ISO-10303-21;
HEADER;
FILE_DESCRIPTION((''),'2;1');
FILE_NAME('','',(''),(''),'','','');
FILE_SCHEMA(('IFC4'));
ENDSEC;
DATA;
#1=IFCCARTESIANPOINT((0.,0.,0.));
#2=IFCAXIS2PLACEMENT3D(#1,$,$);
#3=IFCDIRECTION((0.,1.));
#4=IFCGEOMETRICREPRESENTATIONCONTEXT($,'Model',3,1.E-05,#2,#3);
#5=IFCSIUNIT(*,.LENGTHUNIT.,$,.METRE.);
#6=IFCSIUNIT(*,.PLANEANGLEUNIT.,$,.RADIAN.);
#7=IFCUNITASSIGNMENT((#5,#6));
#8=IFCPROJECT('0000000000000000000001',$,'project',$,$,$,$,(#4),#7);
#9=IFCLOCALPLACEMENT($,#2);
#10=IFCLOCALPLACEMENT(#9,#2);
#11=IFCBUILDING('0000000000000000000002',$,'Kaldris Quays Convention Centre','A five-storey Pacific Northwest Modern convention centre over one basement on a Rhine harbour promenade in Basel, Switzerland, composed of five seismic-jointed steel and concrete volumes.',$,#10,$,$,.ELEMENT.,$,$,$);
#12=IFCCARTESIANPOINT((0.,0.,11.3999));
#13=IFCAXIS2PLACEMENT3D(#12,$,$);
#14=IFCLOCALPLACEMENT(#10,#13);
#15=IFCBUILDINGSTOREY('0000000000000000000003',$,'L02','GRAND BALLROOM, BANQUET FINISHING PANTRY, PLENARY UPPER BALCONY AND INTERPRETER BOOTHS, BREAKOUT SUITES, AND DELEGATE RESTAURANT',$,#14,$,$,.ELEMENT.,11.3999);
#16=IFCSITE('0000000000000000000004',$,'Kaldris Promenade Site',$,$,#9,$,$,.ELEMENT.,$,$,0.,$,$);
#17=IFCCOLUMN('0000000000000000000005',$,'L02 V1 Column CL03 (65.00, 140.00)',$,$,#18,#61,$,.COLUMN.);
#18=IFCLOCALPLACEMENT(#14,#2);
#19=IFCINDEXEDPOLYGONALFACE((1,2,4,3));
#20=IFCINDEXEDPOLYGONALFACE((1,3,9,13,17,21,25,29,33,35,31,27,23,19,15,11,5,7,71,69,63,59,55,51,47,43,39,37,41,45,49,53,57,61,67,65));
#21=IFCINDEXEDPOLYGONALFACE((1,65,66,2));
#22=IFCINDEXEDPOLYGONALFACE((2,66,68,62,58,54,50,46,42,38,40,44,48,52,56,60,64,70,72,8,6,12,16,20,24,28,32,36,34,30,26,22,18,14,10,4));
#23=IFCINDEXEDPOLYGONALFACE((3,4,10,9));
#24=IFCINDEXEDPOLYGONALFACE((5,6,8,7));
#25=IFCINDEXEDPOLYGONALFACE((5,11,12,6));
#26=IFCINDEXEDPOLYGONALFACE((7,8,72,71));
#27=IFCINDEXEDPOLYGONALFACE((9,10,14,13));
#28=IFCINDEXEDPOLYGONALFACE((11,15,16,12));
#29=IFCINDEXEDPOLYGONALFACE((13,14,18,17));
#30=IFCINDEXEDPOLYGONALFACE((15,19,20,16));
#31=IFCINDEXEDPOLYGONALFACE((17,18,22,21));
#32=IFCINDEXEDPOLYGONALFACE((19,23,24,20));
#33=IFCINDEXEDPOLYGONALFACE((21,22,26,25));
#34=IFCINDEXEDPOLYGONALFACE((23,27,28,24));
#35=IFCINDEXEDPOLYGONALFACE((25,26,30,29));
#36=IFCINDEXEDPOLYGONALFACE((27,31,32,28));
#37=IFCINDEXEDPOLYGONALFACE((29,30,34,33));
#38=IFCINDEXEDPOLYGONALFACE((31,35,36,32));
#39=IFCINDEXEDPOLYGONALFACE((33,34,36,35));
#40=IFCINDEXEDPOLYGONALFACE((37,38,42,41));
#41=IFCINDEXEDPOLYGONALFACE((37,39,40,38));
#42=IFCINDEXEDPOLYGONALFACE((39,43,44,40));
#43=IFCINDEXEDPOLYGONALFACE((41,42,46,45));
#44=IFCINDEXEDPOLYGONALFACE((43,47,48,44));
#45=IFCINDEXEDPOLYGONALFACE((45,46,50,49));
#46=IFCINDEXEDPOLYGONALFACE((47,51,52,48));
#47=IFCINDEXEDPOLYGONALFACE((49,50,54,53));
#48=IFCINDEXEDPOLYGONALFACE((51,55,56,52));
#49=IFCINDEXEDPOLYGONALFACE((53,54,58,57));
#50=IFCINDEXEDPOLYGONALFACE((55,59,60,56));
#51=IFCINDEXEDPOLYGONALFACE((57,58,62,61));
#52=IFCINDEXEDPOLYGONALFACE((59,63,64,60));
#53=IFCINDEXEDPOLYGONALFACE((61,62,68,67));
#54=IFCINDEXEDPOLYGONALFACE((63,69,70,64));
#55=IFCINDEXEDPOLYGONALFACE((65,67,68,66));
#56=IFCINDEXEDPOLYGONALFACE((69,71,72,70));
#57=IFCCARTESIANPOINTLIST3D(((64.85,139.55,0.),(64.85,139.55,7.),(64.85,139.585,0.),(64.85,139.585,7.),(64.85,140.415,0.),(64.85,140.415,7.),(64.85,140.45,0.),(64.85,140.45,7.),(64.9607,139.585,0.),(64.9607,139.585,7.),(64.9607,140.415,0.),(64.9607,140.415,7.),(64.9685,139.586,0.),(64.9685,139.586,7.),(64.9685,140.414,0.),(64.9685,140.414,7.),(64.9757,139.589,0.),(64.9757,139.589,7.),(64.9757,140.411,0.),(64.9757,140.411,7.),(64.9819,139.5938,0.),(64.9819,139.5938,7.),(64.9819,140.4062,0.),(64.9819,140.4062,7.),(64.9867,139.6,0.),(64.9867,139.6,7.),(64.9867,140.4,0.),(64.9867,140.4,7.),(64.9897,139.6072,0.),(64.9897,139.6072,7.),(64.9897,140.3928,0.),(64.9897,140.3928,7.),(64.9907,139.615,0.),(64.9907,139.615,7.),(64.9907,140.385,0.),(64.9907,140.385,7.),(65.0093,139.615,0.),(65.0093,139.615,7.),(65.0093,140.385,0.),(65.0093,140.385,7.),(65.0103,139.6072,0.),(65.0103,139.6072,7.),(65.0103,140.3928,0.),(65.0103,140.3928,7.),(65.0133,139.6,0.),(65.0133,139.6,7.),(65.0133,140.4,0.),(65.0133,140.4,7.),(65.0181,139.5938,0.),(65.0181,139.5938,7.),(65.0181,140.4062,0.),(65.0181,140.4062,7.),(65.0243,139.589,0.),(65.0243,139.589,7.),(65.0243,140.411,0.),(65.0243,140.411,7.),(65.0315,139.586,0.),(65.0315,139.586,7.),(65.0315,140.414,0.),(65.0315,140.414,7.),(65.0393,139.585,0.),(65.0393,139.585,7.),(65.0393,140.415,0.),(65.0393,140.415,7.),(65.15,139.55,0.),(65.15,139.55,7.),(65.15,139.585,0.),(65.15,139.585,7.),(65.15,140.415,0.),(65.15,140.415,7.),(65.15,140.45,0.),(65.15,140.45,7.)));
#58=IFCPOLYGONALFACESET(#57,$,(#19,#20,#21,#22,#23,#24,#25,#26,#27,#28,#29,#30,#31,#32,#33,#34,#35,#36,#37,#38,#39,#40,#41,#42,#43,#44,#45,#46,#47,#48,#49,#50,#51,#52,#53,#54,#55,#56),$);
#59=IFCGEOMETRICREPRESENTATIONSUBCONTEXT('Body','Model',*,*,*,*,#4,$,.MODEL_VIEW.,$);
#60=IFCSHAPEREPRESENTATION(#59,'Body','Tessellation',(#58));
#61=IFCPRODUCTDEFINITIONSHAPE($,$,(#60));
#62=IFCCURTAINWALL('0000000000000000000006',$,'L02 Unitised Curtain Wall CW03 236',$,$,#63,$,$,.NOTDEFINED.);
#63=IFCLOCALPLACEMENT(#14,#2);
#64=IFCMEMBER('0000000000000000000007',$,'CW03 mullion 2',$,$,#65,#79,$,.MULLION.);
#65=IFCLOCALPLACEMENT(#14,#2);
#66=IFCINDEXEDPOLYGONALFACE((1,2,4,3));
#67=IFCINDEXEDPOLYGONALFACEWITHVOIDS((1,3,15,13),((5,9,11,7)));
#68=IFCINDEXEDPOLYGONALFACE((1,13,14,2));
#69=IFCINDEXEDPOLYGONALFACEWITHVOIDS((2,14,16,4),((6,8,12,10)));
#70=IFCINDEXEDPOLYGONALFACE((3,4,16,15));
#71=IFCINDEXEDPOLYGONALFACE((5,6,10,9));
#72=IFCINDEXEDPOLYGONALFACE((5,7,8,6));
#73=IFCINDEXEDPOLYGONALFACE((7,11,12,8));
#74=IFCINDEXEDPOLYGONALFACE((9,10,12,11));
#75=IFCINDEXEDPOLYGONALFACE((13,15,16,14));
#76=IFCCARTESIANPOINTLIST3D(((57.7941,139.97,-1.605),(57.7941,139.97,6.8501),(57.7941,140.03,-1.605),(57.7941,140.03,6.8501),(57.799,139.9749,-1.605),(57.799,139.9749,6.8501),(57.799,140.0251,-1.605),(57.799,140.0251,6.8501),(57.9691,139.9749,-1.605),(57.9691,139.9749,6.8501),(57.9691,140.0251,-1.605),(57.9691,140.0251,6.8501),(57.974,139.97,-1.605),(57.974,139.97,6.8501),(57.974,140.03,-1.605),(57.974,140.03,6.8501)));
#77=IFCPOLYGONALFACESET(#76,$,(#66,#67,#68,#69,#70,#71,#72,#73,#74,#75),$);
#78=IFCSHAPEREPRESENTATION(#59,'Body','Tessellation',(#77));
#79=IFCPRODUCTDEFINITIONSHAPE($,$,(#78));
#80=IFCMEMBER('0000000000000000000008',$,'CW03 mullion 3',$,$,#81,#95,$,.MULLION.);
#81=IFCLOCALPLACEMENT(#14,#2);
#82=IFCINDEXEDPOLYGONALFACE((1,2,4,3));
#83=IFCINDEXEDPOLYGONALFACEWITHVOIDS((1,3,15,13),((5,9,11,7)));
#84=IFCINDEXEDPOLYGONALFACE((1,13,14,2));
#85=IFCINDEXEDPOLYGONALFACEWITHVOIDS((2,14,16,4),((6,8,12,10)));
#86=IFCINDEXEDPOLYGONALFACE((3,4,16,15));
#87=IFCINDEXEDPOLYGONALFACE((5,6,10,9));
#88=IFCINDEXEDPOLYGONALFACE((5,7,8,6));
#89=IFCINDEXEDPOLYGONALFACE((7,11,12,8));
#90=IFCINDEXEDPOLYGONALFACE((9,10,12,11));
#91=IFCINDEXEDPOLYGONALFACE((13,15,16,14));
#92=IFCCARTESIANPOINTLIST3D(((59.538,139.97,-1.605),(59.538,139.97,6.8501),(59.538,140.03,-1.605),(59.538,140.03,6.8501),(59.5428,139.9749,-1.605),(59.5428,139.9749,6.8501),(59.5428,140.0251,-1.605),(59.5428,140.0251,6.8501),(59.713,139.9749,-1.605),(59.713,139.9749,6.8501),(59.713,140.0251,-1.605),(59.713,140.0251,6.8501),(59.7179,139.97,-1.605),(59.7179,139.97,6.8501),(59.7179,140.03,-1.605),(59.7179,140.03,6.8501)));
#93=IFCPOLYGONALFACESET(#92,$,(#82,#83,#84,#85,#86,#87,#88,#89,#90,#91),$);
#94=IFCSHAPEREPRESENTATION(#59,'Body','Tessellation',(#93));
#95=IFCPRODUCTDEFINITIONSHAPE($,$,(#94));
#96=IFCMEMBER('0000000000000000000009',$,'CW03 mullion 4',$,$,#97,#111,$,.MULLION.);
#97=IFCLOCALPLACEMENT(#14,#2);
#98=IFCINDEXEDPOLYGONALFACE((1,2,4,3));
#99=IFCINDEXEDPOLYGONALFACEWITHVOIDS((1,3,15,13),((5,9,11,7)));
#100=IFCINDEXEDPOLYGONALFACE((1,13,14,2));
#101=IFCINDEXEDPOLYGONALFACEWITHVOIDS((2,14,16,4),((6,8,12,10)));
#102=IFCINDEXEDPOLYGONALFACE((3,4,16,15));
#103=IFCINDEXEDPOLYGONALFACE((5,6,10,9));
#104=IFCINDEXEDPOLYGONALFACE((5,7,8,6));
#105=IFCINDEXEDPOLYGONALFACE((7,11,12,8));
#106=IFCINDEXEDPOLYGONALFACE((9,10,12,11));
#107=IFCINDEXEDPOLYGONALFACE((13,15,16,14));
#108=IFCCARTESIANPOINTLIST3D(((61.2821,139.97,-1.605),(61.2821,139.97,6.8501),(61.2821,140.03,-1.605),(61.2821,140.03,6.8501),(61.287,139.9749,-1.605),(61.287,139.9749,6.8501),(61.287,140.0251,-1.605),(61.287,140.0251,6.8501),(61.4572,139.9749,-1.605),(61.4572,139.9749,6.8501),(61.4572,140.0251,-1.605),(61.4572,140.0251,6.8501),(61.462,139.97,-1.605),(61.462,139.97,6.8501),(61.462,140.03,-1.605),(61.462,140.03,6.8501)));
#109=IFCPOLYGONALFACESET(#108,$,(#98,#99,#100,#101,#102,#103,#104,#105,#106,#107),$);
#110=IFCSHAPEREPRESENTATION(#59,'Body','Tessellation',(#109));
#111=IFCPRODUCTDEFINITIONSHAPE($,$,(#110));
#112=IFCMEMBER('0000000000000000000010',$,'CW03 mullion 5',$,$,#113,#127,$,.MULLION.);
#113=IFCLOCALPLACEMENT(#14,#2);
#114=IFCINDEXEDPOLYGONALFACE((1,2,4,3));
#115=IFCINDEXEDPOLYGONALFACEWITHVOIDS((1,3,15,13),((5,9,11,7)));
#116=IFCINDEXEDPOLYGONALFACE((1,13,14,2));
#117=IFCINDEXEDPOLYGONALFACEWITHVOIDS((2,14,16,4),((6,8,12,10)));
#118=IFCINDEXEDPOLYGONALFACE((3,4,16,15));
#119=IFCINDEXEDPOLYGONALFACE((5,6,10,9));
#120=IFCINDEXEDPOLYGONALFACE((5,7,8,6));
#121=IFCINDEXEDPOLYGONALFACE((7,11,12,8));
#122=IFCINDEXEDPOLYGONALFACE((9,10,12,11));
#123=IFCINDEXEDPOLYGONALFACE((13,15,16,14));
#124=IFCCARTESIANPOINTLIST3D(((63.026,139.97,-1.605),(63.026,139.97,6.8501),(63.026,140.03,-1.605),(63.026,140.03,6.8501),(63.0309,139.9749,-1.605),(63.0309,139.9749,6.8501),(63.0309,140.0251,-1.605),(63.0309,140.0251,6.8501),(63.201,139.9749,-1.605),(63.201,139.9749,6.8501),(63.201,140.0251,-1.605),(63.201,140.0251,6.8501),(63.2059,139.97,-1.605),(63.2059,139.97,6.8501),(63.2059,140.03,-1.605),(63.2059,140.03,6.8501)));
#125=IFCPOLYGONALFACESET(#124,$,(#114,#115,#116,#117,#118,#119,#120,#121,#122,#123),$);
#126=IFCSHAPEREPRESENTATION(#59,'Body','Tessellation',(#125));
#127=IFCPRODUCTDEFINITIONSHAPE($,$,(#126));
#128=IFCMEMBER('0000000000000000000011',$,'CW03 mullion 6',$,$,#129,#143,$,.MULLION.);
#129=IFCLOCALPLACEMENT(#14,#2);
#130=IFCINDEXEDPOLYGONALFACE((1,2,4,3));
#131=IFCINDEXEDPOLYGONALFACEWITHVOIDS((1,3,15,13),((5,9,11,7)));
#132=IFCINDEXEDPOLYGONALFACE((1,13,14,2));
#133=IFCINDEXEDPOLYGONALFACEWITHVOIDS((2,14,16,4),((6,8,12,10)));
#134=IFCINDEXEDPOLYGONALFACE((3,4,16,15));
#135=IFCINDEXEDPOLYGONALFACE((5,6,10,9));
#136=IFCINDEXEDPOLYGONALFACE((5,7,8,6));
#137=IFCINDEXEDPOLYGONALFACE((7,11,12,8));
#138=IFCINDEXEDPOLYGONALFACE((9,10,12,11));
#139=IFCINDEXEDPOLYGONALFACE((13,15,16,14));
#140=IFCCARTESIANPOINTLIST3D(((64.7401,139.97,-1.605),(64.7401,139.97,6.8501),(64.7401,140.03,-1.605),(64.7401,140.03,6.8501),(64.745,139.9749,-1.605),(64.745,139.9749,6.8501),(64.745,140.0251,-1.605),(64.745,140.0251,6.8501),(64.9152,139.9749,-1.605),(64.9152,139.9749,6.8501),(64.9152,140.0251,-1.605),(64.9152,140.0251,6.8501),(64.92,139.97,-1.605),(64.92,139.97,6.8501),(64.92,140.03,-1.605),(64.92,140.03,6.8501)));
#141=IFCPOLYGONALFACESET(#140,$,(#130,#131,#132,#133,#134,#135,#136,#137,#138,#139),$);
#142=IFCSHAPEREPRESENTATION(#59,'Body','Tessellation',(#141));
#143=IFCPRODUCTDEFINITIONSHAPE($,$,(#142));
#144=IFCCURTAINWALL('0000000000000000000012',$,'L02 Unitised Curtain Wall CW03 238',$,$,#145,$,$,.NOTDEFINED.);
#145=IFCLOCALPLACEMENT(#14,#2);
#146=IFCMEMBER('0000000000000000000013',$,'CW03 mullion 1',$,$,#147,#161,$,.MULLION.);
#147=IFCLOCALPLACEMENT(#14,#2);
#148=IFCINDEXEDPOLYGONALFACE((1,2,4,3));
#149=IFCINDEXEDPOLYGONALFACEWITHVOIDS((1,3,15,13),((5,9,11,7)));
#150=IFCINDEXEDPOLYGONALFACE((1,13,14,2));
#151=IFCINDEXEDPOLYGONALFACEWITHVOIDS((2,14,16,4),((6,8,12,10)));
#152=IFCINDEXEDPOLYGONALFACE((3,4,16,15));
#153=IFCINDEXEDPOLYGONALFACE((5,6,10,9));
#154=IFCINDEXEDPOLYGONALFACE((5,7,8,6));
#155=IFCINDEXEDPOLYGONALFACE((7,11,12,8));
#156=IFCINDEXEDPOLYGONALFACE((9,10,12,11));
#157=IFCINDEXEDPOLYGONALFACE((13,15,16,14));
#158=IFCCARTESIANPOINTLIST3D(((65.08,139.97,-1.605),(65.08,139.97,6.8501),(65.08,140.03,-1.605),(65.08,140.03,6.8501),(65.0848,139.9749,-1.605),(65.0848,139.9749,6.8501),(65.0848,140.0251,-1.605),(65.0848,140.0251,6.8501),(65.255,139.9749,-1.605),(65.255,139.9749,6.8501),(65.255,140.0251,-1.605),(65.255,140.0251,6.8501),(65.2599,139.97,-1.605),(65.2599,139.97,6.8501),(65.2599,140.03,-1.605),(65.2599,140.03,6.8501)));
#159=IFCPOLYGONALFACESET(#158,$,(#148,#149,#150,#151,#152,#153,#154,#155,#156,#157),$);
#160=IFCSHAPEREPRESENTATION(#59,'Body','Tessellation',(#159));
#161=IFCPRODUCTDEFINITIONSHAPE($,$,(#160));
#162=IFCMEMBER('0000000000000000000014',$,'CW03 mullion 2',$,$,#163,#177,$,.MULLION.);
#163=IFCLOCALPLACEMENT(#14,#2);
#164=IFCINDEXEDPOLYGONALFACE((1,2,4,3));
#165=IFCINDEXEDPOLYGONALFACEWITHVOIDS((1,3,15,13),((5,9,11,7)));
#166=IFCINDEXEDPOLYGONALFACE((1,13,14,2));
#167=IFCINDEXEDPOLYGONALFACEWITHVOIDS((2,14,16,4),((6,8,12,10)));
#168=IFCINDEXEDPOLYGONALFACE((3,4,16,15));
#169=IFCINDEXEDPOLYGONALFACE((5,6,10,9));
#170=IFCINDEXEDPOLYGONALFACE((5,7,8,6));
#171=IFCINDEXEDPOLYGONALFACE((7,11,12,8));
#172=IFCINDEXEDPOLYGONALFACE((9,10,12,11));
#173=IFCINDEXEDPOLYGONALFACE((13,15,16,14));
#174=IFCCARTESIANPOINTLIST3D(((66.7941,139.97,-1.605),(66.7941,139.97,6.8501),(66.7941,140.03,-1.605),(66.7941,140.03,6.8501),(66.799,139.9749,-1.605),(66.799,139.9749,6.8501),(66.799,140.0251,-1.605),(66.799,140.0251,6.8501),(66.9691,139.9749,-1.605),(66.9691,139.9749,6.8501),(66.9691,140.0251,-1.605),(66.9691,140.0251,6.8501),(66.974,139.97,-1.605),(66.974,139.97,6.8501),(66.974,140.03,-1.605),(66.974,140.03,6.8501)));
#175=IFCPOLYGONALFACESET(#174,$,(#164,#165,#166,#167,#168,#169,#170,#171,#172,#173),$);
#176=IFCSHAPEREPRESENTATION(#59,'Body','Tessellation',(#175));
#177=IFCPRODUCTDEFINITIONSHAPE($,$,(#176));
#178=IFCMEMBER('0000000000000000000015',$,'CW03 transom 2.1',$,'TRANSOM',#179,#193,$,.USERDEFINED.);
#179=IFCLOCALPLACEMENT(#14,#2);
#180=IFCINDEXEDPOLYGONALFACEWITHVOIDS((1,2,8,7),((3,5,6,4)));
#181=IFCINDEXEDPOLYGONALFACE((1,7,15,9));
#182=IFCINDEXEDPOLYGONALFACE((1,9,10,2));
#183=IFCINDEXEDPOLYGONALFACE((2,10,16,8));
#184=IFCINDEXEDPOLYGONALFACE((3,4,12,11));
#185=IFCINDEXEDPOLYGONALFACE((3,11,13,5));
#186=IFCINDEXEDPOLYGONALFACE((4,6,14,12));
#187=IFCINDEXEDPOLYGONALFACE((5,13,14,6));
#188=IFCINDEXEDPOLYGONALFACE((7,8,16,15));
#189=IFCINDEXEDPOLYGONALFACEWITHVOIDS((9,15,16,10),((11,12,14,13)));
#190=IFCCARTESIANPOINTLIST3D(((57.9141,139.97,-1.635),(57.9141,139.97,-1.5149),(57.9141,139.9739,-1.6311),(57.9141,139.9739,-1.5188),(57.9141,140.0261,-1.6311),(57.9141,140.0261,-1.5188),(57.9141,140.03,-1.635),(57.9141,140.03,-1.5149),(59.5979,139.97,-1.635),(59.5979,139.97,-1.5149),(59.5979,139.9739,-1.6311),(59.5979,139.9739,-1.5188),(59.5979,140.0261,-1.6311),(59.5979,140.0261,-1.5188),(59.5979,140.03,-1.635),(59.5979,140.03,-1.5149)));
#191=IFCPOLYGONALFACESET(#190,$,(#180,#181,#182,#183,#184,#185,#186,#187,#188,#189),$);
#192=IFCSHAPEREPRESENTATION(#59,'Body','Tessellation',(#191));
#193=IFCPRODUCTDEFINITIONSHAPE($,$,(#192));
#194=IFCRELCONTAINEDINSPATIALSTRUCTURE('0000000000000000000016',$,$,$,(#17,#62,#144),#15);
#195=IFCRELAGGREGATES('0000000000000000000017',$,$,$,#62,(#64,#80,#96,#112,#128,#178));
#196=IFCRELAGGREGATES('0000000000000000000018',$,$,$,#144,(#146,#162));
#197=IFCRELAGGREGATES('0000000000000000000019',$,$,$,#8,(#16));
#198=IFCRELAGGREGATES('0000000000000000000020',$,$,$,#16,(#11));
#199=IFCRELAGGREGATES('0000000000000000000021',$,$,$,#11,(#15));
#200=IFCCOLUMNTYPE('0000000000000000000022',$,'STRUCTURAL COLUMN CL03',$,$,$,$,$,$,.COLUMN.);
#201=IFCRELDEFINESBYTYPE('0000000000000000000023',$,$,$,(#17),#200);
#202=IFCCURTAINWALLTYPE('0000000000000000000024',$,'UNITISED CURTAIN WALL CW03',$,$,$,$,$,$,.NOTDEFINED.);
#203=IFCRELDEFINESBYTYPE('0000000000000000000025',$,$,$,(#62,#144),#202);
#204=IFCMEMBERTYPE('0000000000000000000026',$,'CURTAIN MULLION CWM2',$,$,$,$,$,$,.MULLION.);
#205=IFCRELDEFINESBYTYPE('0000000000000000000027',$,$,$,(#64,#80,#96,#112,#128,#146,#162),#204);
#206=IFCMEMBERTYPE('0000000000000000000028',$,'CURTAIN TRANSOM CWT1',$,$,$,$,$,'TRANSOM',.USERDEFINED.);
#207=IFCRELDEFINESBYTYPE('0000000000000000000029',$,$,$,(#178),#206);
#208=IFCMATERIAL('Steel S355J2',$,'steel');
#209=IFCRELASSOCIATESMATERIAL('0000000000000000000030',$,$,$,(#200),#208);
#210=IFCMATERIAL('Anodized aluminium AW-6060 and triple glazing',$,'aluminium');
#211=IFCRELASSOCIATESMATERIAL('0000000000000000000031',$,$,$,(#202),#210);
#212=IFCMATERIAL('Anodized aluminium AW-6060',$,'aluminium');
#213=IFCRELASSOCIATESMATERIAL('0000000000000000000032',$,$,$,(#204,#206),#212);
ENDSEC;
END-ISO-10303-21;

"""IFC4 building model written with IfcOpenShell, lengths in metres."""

from ifc_helpers import new_model, si_unit, direction, frame, origin, origin_2d, place, context, subcontext, project, spatial, hollow_rectangle, i_section, extrude, material, material_profile, profile_set, type_object, element, aggregate, save


model = new_model("IFC4")

# Units and contexts
model_context = context("Model", 3, precision=1e-05, world=origin(), true_north=direction((0.0, 1.0)))
body_context = subcontext(model_context, "Body", "Model", "MODEL_VIEW")
ifc_project = project(units=[si_unit("LENGTHUNIT", "METRE"), si_unit("PLANEANGLEUNIT", "RADIAN")], contexts=[model_context])

# Site, building, storey
site_placement = place(None, origin())
site = spatial("IfcSite", under=ifc_project, at=site_placement, Name="Kaldris Promenade Site", CompositionType="ELEMENT", RefElevation=0.0)
building_placement = place(site_placement, origin())
building = spatial("IfcBuilding", under=site, at=building_placement, Name="Kaldris Quays Convention Centre", Description="A five-storey Pacific Northwest Modern convention centre over one basement on a Rhine harbour promenade in Basel, Switzerland, composed of five seismic-jointed steel and concrete volumes.", CompositionType="ELEMENT")
storey_placement = place(building_placement, frame((0.0, 0.0, 11.3999)))
storey = spatial("IfcBuildingStorey", under=building, at=storey_placement, Name="L02", Description="GRAND BALLROOM, BANQUET FINISHING PANTRY, PLENARY UPPER BALCONY AND INTERPRETER BOOTHS, BREAKOUT SUITES, AND DELEGATE RESTAURANT", CompositionType="ELEMENT", Elevation=11.3999)

# Column
ifc_material_1 = material(Name="Steel S355J2", Category="steel")
ifc_material_profile_1 = material_profile(ifc_material_1, i_section(OverallWidth=0.3, OverallDepth=0.8999, WebThickness=0.0186, FlangeThickness=0.0349, FilletRadius=0.03, at=origin_2d()), Name="HEB 900")
ifc_profile_set_1 = profile_set([ifc_material_profile_1], Name="Steel S355J2")
column_type = type_object("IfcColumnType", Name="STRUCTURAL COLUMN CL03", PredefinedType="COLUMN", material=ifc_profile_set_1)
column_placement = place(storey_placement, frame((65.0, 140.0, 0.0), z_axis=(0.0, 0.0, 1.0), x_axis=(1.0, 0.0, 0.0)))
element("IfcColumn", 1, at=column_placement, inside=storey, type_object=column_type, Name="L02 V1 Column CL03 (65.00, 140.00)", PredefinedType="COLUMN", context=body_context, shape_type="SweptSolid", body=[
    extrude(i_section(OverallWidth=0.3, OverallDepth=0.8999, WebThickness=0.0186, FlangeThickness=0.0349, FilletRadius=0.03, at=origin_2d()), origin(), (0.0, 0.0, 1.0), 7.0),
])

# Curtain walls, members
ifc_material_2 = material(Name="Anodized aluminium AW-6060 and triple glazing", Category="aluminium")
curtain_wall_type = type_object("IfcCurtainWallType", Name="UNITISED CURTAIN WALL CW03", PredefinedType="NOTDEFINED", material=ifc_material_2)
curtain_wall_1_placement = place(storey_placement, origin())
curtain_wall_1 = element("IfcCurtainWall", 2, at=curtain_wall_1_placement, inside=storey, type_object=curtain_wall_type, Name="L02 Unitised Curtain Wall CW03 236", PredefinedType="NOTDEFINED")
ifc_material_3 = material(Name="Anodized aluminium AW-6060", Category="aluminium")
ifc_material_profile_2 = material_profile(ifc_material_3, hollow_rectangle(XDim=0.0601, YDim=0.1799, WallThickness=0.0049, at=origin_2d()), Name="RHS 180x60x5")
ifc_profile_set_2 = profile_set([ifc_material_profile_2], Name="Anodized aluminium AW-6060")
member_type_1 = type_object("IfcMemberType", Name="CURTAIN MULLION CWM2", PredefinedType="MULLION", material=ifc_profile_set_2)
member_1_placement = place(storey_placement, frame((57.884, 140.0, -1.605), z_axis=(0.0, 0.0, 1.0), x_axis=(0.0, 1.0, 0.0)))
member_1 = element("IfcMember", 3, at=member_1_placement, type_object=member_type_1, Name="CW03 mullion 2", PredefinedType="MULLION", context=body_context, shape_type="SweptSolid", body=[
    extrude(hollow_rectangle(XDim=0.0601, YDim=0.1799, WallThickness=0.0049, at=origin_2d()), origin(), (0.0, 0.0, 1.0), 8.4551),
])
member_2_placement = place(storey_placement, frame((59.6279, 140.0, -1.605), z_axis=(0.0, 0.0, 1.0), x_axis=(0.0, 1.0, 0.0)))
member_2 = element("IfcMember", 4, at=member_2_placement, type_object=member_type_1, Name="CW03 mullion 3", PredefinedType="MULLION", context=body_context, shape_type="SweptSolid", body=[
    extrude(hollow_rectangle(XDim=0.0601, YDim=0.1799, WallThickness=0.0049, at=origin_2d()), origin(), (0.0, 0.0, 1.0), 8.4551),
])
member_3_placement = place(storey_placement, frame((61.3721, 140.0, -1.605), z_axis=(0.0, 0.0, 1.0), x_axis=(0.0, 1.0, 0.0)))
member_3 = element("IfcMember", 5, at=member_3_placement, type_object=member_type_1, Name="CW03 mullion 4", PredefinedType="MULLION", context=body_context, shape_type="SweptSolid", body=[
    extrude(hollow_rectangle(XDim=0.0601, YDim=0.1799, WallThickness=0.0049, at=origin_2d()), origin(), (0.0, 0.0, 1.0), 8.4551),
])
member_4_placement = place(storey_placement, frame((63.116, 140.0, -1.605), z_axis=(0.0, 0.0, 1.0), x_axis=(0.0, 1.0, 0.0)))
member_4 = element("IfcMember", 6, at=member_4_placement, type_object=member_type_1, Name="CW03 mullion 5", PredefinedType="MULLION", context=body_context, shape_type="SweptSolid", body=[
    extrude(hollow_rectangle(XDim=0.0601, YDim=0.1799, WallThickness=0.0049, at=origin_2d()), origin(), (0.0, 0.0, 1.0), 8.4551),
])
member_5_placement = place(storey_placement, frame((64.8301, 140.0, -1.605), z_axis=(0.0, 0.0, 1.0), x_axis=(0.0, 1.0, 0.0)))
member_5 = element("IfcMember", 7, at=member_5_placement, type_object=member_type_1, Name="CW03 mullion 6", PredefinedType="MULLION", context=body_context, shape_type="SweptSolid", body=[
    extrude(hollow_rectangle(XDim=0.0601, YDim=0.1799, WallThickness=0.0049, at=origin_2d()), origin(), (0.0, 0.0, 1.0), 8.4551),
])
curtain_wall_2_placement = place(storey_placement, origin())
curtain_wall_2 = element("IfcCurtainWall", 8, at=curtain_wall_2_placement, inside=storey, type_object=curtain_wall_type, Name="L02 Unitised Curtain Wall CW03 238", PredefinedType="NOTDEFINED")
member_6_placement = place(storey_placement, frame((65.1699, 140.0, -1.605), z_axis=(0.0, 0.0, 1.0), x_axis=(0.0, 1.0, 0.0)))
member_6 = element("IfcMember", 9, at=member_6_placement, type_object=member_type_1, Name="CW03 mullion 1", PredefinedType="MULLION", context=body_context, shape_type="SweptSolid", body=[
    extrude(hollow_rectangle(XDim=0.0601, YDim=0.1799, WallThickness=0.0049, at=origin_2d()), origin(), (0.0, 0.0, 1.0), 8.4551),
])
member_7_placement = place(storey_placement, frame((66.884, 140.0, -1.605), z_axis=(0.0, 0.0, 1.0), x_axis=(0.0, 1.0, 0.0)))
member_7 = element("IfcMember", 10, at=member_7_placement, type_object=member_type_1, Name="CW03 mullion 2", PredefinedType="MULLION", context=body_context, shape_type="SweptSolid", body=[
    extrude(hollow_rectangle(XDim=0.0601, YDim=0.1799, WallThickness=0.0049, at=origin_2d()), origin(), (0.0, 0.0, 1.0), 8.4551),
])

# Member
ifc_material_profile_3 = material_profile(ifc_material_3, hollow_rectangle(XDim=0.0601, YDim=0.1201, WallThickness=0.0039, at=origin_2d()), Name="RHS 120x60x4")
ifc_profile_set_3 = profile_set([ifc_material_profile_3], Name="Anodized aluminium AW-6060")
member_type_2 = type_object("IfcMemberType", Name="CURTAIN TRANSOM CWT1", ElementType="TRANSOM", PredefinedType="USERDEFINED", material=ifc_profile_set_3)
member_8_placement = place(storey_placement, frame((57.9141, 140.0, -1.575), z_axis=(1.0, 0.0, 0.0), x_axis=(0.0, 1.0, 0.0)))
member_8 = element("IfcMember", 11, at=member_8_placement, type_object=member_type_2, Name="CW03 transom 2.1", ObjectType="TRANSOM", PredefinedType="USERDEFINED", context=body_context, shape_type="SweptSolid", body=[
    extrude(hollow_rectangle(XDim=0.0601, YDim=0.1201, WallThickness=0.0039, at=origin_2d()), origin(), (0.0, 0.0, 1.0), 1.6838),
])

aggregate(curtain_wall_1, [member_1, member_2, member_3, member_4, member_5, member_8])
aggregate(curtain_wall_2, [member_6, member_7])

save(model, "model.ifc")
